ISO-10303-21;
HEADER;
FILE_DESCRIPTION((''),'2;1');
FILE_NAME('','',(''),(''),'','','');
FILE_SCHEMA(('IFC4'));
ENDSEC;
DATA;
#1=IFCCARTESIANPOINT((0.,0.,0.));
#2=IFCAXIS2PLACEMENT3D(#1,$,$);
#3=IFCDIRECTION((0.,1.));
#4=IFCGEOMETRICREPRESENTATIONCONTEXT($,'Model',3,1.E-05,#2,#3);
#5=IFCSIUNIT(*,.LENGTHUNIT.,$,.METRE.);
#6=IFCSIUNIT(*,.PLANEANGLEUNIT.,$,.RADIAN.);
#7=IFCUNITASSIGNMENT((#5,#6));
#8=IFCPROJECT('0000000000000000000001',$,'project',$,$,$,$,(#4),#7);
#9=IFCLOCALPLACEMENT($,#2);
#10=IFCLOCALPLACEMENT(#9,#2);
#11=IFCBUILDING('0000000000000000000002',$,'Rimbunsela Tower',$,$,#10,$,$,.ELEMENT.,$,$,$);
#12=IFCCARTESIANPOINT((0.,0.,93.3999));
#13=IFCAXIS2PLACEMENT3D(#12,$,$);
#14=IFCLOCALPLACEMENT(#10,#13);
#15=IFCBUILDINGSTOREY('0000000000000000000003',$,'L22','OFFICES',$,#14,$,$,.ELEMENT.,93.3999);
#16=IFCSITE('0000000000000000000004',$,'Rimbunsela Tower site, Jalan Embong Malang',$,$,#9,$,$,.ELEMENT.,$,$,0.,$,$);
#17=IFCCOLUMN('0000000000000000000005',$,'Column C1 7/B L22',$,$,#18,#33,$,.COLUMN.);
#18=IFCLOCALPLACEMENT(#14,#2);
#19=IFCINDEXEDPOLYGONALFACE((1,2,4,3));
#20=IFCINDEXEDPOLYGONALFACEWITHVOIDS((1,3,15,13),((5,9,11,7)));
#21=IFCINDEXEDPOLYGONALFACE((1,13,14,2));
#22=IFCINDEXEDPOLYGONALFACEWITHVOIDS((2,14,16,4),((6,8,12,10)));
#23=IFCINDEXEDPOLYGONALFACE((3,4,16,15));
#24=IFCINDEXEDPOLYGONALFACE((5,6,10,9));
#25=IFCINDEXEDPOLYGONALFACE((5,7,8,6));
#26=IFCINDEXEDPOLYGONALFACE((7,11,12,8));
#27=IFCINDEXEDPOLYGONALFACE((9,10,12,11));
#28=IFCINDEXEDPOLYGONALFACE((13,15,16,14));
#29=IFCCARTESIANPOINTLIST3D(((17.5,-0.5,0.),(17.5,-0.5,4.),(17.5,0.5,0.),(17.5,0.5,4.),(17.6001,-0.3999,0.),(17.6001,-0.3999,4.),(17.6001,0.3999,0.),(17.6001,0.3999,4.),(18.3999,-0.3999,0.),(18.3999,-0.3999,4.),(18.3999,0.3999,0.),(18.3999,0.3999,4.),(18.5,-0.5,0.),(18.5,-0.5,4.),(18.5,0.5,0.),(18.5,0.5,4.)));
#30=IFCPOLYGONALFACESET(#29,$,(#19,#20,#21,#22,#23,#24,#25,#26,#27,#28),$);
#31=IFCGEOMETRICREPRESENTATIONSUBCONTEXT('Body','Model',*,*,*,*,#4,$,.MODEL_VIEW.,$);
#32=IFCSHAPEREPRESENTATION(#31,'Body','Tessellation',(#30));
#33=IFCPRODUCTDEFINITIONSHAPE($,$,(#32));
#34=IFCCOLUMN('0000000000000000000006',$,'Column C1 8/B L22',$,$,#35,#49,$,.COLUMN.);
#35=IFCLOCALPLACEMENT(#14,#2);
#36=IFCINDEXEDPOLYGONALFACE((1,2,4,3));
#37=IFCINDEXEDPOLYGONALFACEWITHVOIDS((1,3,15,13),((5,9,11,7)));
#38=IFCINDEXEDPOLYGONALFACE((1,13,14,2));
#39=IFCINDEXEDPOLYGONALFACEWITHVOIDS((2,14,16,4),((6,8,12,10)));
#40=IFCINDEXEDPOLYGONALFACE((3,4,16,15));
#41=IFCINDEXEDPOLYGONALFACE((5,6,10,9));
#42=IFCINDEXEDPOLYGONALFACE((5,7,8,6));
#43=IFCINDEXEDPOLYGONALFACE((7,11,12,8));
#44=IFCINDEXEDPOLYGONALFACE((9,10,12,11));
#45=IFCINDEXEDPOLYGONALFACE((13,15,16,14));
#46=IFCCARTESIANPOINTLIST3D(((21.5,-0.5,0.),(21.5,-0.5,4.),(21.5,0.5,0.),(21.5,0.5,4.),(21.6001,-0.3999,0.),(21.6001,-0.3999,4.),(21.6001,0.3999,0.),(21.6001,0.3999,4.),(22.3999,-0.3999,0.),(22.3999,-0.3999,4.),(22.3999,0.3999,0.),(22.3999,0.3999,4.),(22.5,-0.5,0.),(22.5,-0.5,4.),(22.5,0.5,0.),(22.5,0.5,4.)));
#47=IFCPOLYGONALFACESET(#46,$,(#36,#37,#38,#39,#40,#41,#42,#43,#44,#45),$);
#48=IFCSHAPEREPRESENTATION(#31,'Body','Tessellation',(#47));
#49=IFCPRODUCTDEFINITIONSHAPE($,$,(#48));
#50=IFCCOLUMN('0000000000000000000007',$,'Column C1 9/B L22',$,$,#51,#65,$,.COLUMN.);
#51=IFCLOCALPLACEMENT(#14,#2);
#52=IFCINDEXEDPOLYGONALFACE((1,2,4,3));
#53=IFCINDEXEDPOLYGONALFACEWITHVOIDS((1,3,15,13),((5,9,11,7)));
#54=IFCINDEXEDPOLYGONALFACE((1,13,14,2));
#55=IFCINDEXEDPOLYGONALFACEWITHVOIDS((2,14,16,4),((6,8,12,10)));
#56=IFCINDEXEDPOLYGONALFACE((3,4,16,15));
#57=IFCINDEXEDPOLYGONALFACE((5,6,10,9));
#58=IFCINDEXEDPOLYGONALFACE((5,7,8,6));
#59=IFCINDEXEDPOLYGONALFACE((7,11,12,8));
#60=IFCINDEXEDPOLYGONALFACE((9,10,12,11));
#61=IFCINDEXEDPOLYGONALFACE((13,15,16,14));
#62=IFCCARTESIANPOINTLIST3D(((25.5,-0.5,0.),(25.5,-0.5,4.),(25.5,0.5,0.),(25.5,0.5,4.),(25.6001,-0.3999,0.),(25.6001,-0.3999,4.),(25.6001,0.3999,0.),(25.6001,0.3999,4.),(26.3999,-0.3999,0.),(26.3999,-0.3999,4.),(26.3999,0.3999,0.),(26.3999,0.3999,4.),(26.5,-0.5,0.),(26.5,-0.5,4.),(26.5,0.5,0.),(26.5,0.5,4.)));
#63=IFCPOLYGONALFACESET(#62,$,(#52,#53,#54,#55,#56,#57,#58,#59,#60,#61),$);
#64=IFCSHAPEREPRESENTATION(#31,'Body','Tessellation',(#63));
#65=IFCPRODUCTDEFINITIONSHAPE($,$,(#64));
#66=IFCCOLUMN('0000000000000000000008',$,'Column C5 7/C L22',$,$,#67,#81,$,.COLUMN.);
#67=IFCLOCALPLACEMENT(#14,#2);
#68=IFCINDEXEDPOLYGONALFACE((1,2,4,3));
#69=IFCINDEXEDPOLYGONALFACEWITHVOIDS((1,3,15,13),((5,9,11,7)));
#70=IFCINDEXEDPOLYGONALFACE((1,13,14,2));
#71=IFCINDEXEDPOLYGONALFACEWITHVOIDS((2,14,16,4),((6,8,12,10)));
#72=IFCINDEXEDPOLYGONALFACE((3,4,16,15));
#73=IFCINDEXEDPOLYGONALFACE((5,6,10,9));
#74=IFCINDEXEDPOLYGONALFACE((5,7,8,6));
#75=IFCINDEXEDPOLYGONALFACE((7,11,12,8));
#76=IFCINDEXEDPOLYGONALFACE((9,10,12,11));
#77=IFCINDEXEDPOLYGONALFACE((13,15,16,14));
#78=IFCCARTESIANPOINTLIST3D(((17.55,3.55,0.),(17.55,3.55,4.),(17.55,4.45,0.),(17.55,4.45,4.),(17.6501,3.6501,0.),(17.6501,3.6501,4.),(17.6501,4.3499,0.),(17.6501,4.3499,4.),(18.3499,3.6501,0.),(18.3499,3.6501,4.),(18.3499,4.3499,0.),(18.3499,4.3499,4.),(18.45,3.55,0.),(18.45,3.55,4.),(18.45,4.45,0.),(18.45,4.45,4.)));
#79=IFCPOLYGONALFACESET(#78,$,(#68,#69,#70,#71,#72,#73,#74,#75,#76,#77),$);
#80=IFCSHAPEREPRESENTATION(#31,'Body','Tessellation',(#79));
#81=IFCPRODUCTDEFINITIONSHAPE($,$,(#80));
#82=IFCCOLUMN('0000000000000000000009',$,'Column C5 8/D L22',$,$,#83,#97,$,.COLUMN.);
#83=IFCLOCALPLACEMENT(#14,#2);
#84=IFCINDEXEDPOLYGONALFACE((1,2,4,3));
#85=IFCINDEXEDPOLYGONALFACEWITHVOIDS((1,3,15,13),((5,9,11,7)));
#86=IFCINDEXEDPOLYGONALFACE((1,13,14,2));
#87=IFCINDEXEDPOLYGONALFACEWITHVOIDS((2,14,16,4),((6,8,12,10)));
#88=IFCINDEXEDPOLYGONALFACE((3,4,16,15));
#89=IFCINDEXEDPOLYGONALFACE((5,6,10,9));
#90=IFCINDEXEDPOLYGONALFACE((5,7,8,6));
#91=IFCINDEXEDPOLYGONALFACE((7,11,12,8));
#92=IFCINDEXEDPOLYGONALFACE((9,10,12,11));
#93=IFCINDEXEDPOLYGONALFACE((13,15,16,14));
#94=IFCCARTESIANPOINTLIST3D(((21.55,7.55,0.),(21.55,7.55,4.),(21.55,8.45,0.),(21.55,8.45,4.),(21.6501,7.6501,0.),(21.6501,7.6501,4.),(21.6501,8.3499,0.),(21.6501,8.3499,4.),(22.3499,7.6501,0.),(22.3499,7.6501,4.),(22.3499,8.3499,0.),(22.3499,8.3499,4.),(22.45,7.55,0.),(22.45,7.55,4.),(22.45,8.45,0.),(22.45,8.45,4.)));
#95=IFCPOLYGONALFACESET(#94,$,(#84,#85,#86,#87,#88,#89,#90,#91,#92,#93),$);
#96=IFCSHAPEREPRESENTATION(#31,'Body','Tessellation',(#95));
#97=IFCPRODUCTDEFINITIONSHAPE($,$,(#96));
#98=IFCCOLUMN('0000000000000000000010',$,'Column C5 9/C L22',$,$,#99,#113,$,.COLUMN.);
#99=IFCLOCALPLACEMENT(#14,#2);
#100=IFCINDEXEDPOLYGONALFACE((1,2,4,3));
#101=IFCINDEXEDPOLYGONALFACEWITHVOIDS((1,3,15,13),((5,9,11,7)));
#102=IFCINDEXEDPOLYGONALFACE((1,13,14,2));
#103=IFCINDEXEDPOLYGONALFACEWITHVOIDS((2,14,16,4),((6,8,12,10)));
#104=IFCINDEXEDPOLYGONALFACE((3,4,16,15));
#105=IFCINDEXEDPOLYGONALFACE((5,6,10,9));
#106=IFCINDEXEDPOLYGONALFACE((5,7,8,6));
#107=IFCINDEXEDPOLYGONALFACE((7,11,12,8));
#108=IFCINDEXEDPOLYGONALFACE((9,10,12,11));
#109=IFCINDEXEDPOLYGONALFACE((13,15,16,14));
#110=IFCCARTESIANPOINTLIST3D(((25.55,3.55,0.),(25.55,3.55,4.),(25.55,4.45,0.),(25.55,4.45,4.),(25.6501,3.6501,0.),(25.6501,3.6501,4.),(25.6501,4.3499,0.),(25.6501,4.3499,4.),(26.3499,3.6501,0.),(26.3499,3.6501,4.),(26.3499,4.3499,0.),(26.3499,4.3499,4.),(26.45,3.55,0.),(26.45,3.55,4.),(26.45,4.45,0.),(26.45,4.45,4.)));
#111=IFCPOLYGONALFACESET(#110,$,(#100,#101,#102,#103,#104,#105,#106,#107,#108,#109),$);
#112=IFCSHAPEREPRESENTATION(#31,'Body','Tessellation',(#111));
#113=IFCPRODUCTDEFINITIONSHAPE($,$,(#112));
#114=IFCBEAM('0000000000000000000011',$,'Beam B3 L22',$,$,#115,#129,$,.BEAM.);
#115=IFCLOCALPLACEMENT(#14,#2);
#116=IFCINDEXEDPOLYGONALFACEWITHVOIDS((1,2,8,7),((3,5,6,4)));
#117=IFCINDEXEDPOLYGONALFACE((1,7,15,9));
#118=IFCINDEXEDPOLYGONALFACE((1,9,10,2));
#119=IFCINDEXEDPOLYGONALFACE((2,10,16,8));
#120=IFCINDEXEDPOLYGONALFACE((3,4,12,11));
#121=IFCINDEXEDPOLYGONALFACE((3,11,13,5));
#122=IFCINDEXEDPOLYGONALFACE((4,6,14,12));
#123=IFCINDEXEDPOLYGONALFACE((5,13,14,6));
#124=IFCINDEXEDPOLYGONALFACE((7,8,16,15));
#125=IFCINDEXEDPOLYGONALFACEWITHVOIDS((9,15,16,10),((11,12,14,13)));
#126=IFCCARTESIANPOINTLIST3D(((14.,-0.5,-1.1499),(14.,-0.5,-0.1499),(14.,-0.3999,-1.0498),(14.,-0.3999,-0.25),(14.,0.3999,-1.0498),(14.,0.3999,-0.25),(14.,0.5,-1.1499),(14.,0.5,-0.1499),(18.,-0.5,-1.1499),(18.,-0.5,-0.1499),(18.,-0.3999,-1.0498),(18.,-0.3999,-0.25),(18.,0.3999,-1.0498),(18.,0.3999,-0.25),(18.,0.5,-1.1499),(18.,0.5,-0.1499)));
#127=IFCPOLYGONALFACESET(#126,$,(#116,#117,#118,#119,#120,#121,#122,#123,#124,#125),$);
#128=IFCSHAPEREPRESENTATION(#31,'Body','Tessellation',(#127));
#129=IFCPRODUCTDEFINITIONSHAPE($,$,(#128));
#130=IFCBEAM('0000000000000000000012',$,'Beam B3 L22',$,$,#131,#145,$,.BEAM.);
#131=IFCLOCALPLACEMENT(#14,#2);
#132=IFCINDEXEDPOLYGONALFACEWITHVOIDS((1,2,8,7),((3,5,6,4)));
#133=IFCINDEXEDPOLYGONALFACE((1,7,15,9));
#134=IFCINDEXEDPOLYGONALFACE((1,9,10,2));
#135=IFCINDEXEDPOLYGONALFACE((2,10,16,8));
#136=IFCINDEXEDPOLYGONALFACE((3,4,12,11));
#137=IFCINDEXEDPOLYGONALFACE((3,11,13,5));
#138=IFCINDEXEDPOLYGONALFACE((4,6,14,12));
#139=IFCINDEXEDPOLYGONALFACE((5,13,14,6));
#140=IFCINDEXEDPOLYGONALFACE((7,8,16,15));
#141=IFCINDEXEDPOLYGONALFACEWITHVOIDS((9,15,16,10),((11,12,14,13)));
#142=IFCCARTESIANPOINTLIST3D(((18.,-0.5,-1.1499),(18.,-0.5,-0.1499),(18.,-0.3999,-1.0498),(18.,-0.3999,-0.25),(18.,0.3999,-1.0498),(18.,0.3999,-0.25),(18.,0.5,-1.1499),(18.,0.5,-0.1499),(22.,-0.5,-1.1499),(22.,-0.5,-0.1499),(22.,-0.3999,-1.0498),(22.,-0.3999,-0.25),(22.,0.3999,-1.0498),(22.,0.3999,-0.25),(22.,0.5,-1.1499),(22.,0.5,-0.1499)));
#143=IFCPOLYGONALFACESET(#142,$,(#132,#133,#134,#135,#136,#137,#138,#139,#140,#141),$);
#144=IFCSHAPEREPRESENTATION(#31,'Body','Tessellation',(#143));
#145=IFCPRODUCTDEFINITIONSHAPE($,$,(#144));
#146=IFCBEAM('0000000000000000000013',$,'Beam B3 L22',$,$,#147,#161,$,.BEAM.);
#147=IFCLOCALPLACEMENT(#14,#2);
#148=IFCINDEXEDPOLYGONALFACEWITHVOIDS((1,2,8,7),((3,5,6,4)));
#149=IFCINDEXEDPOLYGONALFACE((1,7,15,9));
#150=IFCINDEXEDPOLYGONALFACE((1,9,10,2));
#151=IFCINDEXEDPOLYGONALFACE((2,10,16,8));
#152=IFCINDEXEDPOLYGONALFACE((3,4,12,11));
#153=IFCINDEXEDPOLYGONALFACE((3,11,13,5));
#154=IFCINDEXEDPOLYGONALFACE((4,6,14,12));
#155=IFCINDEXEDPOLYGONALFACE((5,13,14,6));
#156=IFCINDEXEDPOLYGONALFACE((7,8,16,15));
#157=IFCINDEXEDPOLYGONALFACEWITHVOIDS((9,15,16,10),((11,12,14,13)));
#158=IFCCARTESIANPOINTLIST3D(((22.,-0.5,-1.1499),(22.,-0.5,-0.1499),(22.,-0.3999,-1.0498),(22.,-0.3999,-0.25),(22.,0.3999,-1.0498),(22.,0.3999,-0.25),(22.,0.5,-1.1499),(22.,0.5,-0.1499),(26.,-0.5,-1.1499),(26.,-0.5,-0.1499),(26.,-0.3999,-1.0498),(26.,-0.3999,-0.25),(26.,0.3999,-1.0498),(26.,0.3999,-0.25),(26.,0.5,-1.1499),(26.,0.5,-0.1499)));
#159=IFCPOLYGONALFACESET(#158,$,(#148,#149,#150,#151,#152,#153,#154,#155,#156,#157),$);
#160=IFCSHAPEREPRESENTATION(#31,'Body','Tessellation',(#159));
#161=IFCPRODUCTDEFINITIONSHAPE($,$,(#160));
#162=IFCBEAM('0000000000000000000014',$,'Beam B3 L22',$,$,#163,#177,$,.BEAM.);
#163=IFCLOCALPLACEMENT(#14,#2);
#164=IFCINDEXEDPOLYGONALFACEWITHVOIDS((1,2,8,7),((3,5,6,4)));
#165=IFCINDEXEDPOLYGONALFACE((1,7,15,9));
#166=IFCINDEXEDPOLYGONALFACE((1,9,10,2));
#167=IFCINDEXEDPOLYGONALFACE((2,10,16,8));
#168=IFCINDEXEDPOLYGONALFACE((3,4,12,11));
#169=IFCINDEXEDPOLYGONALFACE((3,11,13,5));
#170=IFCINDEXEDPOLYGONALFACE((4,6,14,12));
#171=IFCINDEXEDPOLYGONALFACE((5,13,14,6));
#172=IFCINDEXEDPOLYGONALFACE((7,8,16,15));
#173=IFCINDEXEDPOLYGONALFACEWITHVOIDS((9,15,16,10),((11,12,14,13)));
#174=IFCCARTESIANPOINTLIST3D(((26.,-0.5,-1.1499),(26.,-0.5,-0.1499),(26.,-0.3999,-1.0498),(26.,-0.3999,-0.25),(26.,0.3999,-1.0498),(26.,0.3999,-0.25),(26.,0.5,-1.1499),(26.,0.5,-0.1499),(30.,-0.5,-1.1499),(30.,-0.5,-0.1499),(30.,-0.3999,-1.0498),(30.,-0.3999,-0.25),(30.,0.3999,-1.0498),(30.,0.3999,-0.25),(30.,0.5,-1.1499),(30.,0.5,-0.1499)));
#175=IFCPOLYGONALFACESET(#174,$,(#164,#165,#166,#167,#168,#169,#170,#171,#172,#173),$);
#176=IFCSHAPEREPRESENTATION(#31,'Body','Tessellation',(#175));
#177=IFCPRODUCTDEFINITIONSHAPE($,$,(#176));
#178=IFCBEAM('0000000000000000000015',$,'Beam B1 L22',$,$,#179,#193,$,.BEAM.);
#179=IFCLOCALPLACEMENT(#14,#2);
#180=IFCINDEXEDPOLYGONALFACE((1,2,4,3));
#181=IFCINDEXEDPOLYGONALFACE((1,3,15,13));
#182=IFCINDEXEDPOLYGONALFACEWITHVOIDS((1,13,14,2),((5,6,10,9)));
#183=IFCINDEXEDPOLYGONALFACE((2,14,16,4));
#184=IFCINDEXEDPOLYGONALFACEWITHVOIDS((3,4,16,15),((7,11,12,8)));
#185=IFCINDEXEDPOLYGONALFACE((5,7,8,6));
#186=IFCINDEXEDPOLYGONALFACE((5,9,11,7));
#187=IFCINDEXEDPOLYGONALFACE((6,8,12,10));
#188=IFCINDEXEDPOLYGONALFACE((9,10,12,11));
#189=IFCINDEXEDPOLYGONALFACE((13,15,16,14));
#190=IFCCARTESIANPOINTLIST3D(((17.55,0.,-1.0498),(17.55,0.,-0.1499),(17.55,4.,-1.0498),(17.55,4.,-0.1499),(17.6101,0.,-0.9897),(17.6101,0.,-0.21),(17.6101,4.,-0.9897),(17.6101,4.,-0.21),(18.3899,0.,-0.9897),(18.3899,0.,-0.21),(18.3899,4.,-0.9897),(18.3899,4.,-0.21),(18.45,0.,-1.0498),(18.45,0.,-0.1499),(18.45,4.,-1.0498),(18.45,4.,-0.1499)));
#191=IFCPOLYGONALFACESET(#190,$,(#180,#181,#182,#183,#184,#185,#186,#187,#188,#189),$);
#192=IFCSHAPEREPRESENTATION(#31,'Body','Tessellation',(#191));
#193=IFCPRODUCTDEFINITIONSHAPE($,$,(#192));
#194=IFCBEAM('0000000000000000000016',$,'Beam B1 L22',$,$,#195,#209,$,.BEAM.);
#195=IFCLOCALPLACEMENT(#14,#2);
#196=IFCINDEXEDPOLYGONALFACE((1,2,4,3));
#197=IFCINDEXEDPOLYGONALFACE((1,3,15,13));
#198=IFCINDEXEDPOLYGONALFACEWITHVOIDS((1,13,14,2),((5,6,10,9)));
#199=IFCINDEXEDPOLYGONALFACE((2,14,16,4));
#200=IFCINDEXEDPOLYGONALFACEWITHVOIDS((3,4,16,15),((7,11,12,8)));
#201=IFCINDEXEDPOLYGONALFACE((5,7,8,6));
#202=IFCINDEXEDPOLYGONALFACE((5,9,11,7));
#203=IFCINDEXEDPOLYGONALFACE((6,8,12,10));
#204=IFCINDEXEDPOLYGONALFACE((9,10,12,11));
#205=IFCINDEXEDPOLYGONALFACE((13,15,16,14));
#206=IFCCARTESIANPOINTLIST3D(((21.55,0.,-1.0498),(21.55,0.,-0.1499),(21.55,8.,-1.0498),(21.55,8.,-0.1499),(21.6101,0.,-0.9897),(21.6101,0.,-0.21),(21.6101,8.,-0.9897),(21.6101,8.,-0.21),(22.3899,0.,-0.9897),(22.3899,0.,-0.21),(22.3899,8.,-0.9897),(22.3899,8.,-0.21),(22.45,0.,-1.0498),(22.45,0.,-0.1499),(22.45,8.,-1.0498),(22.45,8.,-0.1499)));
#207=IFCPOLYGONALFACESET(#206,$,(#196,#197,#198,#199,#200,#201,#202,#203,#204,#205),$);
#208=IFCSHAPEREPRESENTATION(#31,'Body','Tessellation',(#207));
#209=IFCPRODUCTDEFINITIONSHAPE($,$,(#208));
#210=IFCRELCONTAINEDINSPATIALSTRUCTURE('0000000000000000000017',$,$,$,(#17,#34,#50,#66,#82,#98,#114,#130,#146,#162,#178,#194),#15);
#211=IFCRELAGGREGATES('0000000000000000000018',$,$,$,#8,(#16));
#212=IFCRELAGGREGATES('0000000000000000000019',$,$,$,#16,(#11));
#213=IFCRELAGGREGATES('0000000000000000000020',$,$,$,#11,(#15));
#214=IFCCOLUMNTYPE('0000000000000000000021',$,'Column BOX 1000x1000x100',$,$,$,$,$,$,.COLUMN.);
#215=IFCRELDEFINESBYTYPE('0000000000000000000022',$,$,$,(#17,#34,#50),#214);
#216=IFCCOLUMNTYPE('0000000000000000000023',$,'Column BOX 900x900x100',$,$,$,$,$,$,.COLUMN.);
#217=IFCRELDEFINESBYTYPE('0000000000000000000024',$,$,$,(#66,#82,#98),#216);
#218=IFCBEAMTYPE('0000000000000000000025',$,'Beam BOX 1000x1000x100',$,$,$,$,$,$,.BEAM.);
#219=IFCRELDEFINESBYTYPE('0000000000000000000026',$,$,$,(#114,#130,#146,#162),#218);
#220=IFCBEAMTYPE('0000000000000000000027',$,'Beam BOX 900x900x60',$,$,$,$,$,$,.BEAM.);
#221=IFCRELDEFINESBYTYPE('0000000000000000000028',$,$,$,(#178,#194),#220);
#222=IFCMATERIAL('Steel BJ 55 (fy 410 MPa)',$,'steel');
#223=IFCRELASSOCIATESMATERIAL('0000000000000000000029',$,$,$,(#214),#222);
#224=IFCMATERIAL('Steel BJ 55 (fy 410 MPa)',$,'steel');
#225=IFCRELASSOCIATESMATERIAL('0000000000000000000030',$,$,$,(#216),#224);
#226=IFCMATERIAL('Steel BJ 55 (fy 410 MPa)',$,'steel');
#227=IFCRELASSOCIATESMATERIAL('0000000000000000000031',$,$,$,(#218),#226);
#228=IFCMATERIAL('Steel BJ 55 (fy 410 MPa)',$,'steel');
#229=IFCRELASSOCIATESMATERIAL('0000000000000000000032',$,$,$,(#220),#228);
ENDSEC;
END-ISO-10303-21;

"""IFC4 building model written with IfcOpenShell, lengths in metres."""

from ifc_helpers import new_model, si_unit, direction, frame, origin, origin_2d, place, context, subcontext, project, spatial, hollow_rectangle, extrude, material, material_profile, profile_set, type_object, element, save


model = new_model("IFC4")

# Units and contexts
model_context = context("Model", 3, precision=1e-05, world=origin(), true_north=direction((0.0, 1.0)))
body_context = subcontext(model_context, "Body", "Model", "MODEL_VIEW")
ifc_project = project(units=[si_unit("LENGTHUNIT", "METRE"), si_unit("PLANEANGLEUNIT", "RADIAN")], contexts=[model_context])

# Site, building, storey
site_placement = place(None, origin())
site = spatial("IfcSite", under=ifc_project, at=site_placement, Name="Rimbunsela Tower site, Jalan Embong Malang", CompositionType="ELEMENT", RefElevation=0.0)
building_placement = place(site_placement, origin())
building = spatial("IfcBuilding", under=site, at=building_placement, Name="Rimbunsela Tower", CompositionType="ELEMENT")
storey_placement = place(building_placement, frame((0.0, 0.0, 93.3999)))
storey = spatial("IfcBuildingStorey", under=building, at=storey_placement, Name="L22", Description="OFFICES", CompositionType="ELEMENT", Elevation=93.3999)

# Columns
ifc_material_1 = material(Name="Steel BJ 55 (fy 410 MPa)", Category="steel")
ifc_material_profile_1 = material_profile(ifc_material_1, hollow_rectangle(XDim=1.0, YDim=1.0, WallThickness=0.1001, at=origin_2d()), Name="BOX 1000x1000x100")
ifc_profile_set_1 = profile_set([ifc_material_profile_1], Name="Steel BJ 55 (fy 410 MPa)")
column_type_1 = type_object("IfcColumnType", Name="Column BOX 1000x1000x100", PredefinedType="COLUMN", material=ifc_profile_set_1)
for number, where, z_axis, x_axis, name in (
    (1, (18.0, 0.0, 0.0), (0.0, 0.0, 1.0), (1.0, 0.0, 0.0), "Column C1 7/B L22"),
    (2, (22.0, 0.0, 0.0), (0.0, 0.0, 1.0), (1.0, 0.0, 0.0), "Column C1 8/B L22"),
    (3, (26.0, 0.0, 0.0), (0.0, 0.0, 1.0), (1.0, 0.0, 0.0), "Column C1 9/B L22"),
):
    element("IfcColumn", number, at=place(storey_placement, frame(where, z_axis=z_axis, x_axis=x_axis)), inside=storey, type_object=column_type_1, Name=name, PredefinedType="COLUMN", context=body_context, shape_type="SweptSolid", body=[
        extrude(hollow_rectangle(XDim=1.0, YDim=1.0, WallThickness=0.1001, at=origin_2d()), origin(), (0.0, 0.0, 1.0), 4.0),
    ])
ifc_material_2 = material(Name="Steel BJ 55 (fy 410 MPa)", Category="steel")
ifc_material_profile_2 = material_profile(ifc_material_2, hollow_rectangle(XDim=0.8999, YDim=0.8999, WallThickness=0.1001, at=origin_2d()), Name="BOX 900x900x100")
ifc_profile_set_2 = profile_set([ifc_material_profile_2], Name="Steel BJ 55 (fy 410 MPa)")
column_type_2 = type_object("IfcColumnType", Name="Column BOX 900x900x100", PredefinedType="COLUMN", material=ifc_profile_set_2)
for number, where, z_axis, x_axis, name in (
    (4, (18.0, 4.0, 0.0), (0.0, 0.0, 1.0), (1.0, 0.0, 0.0), "Column C5 7/C L22"),
    (5, (22.0, 8.0, 0.0), (0.0, 0.0, 1.0), (1.0, 0.0, 0.0), "Column C5 8/D L22"),
    (6, (26.0, 4.0, 0.0), (0.0, 0.0, 1.0), (1.0, 0.0, 0.0), "Column C5 9/C L22"),
):
    element("IfcColumn", number, at=place(storey_placement, frame(where, z_axis=z_axis, x_axis=x_axis)), inside=storey, type_object=column_type_2, Name=name, PredefinedType="COLUMN", context=body_context, shape_type="SweptSolid", body=[
        extrude(hollow_rectangle(XDim=0.8999, YDim=0.8999, WallThickness=0.1001, at=origin_2d()), origin(), (0.0, 0.0, 1.0), 4.0),
    ])

# Beams
ifc_material_3 = material(Name="Steel BJ 55 (fy 410 MPa)", Category="steel")
ifc_material_profile_3 = material_profile(ifc_material_3, hollow_rectangle(XDim=1.0, YDim=1.0, WallThickness=0.1001, at=origin_2d()), Name="BOX 1000x1000x100")
ifc_profile_set_3 = profile_set([ifc_material_profile_3], Name="Steel BJ 55 (fy 410 MPa)")
beam_type_1 = type_object("IfcBeamType", Name="Beam BOX 1000x1000x100", PredefinedType="BEAM", material=ifc_profile_set_3)
for number, where, z_axis, x_axis, name in (
    (7, (14.0, 0.0, -0.6499), (1.0, 0.0, 0.0), (0.0, 1.0, 0.0), "Beam B3 L22"),
    (8, (18.0, 0.0, -0.6499), (1.0, 0.0, 0.0), (0.0, 1.0, 0.0), "Beam B3 L22"),
    (9, (22.0, 0.0, -0.6499), (1.0, 0.0, 0.0), (0.0, 1.0, 0.0), "Beam B3 L22"),
    (10, (26.0, 0.0, -0.6499), (1.0, 0.0, 0.0), (0.0, 1.0, 0.0), "Beam B3 L22"),
):
    element("IfcBeam", number, at=place(storey_placement, frame(where, z_axis=z_axis, x_axis=x_axis)), inside=storey, type_object=beam_type_1, Name=name, PredefinedType="BEAM", context=body_context, shape_type="SweptSolid", body=[
        extrude(hollow_rectangle(XDim=1.0, YDim=1.0, WallThickness=0.1001, at=origin_2d()), origin(), (0.0, 0.0, 1.0), 4.0),
    ])
ifc_material_4 = material(Name="Steel BJ 55 (fy 410 MPa)", Category="steel")
ifc_material_profile_4 = material_profile(ifc_material_4, hollow_rectangle(XDim=0.8999, YDim=0.8999, WallThickness=0.0601, at=origin_2d()), Name="BOX 900x900x60")
ifc_profile_set_4 = profile_set([ifc_material_profile_4], Name="Steel BJ 55 (fy 410 MPa)")
beam_type_2 = type_object("IfcBeamType", Name="Beam BOX 900x900x60", PredefinedType="BEAM", material=ifc_profile_set_4)
beam_1_placement = place(storey_placement, frame((18.0, 0.0, -0.5999), z_axis=(0.0, 1.0, 0.0), x_axis=(-1.0, 0.0, 0.0)))
element("IfcBeam", 11, at=beam_1_placement, inside=storey, type_object=beam_type_2, Name="Beam B1 L22", PredefinedType="BEAM", context=body_context, shape_type="SweptSolid", body=[
    extrude(hollow_rectangle(XDim=0.8999, YDim=0.8999, WallThickness=0.0601, at=origin_2d()), origin(), (0.0, 0.0, 1.0), 4.0),
])
beam_2_placement = place(storey_placement, frame((22.0, 0.0, -0.5999), z_axis=(0.0, 1.0, 0.0), x_axis=(-1.0, 0.0, 0.0)))
element("IfcBeam", 12, at=beam_2_placement, inside=storey, type_object=beam_type_2, Name="Beam B1 L22", PredefinedType="BEAM", context=body_context, shape_type="SweptSolid", body=[
    extrude(hollow_rectangle(XDim=0.8999, YDim=0.8999, WallThickness=0.0601, at=origin_2d()), origin(), (0.0, 0.0, 1.0), 8.0),
])

save(model, "model.ifc")
